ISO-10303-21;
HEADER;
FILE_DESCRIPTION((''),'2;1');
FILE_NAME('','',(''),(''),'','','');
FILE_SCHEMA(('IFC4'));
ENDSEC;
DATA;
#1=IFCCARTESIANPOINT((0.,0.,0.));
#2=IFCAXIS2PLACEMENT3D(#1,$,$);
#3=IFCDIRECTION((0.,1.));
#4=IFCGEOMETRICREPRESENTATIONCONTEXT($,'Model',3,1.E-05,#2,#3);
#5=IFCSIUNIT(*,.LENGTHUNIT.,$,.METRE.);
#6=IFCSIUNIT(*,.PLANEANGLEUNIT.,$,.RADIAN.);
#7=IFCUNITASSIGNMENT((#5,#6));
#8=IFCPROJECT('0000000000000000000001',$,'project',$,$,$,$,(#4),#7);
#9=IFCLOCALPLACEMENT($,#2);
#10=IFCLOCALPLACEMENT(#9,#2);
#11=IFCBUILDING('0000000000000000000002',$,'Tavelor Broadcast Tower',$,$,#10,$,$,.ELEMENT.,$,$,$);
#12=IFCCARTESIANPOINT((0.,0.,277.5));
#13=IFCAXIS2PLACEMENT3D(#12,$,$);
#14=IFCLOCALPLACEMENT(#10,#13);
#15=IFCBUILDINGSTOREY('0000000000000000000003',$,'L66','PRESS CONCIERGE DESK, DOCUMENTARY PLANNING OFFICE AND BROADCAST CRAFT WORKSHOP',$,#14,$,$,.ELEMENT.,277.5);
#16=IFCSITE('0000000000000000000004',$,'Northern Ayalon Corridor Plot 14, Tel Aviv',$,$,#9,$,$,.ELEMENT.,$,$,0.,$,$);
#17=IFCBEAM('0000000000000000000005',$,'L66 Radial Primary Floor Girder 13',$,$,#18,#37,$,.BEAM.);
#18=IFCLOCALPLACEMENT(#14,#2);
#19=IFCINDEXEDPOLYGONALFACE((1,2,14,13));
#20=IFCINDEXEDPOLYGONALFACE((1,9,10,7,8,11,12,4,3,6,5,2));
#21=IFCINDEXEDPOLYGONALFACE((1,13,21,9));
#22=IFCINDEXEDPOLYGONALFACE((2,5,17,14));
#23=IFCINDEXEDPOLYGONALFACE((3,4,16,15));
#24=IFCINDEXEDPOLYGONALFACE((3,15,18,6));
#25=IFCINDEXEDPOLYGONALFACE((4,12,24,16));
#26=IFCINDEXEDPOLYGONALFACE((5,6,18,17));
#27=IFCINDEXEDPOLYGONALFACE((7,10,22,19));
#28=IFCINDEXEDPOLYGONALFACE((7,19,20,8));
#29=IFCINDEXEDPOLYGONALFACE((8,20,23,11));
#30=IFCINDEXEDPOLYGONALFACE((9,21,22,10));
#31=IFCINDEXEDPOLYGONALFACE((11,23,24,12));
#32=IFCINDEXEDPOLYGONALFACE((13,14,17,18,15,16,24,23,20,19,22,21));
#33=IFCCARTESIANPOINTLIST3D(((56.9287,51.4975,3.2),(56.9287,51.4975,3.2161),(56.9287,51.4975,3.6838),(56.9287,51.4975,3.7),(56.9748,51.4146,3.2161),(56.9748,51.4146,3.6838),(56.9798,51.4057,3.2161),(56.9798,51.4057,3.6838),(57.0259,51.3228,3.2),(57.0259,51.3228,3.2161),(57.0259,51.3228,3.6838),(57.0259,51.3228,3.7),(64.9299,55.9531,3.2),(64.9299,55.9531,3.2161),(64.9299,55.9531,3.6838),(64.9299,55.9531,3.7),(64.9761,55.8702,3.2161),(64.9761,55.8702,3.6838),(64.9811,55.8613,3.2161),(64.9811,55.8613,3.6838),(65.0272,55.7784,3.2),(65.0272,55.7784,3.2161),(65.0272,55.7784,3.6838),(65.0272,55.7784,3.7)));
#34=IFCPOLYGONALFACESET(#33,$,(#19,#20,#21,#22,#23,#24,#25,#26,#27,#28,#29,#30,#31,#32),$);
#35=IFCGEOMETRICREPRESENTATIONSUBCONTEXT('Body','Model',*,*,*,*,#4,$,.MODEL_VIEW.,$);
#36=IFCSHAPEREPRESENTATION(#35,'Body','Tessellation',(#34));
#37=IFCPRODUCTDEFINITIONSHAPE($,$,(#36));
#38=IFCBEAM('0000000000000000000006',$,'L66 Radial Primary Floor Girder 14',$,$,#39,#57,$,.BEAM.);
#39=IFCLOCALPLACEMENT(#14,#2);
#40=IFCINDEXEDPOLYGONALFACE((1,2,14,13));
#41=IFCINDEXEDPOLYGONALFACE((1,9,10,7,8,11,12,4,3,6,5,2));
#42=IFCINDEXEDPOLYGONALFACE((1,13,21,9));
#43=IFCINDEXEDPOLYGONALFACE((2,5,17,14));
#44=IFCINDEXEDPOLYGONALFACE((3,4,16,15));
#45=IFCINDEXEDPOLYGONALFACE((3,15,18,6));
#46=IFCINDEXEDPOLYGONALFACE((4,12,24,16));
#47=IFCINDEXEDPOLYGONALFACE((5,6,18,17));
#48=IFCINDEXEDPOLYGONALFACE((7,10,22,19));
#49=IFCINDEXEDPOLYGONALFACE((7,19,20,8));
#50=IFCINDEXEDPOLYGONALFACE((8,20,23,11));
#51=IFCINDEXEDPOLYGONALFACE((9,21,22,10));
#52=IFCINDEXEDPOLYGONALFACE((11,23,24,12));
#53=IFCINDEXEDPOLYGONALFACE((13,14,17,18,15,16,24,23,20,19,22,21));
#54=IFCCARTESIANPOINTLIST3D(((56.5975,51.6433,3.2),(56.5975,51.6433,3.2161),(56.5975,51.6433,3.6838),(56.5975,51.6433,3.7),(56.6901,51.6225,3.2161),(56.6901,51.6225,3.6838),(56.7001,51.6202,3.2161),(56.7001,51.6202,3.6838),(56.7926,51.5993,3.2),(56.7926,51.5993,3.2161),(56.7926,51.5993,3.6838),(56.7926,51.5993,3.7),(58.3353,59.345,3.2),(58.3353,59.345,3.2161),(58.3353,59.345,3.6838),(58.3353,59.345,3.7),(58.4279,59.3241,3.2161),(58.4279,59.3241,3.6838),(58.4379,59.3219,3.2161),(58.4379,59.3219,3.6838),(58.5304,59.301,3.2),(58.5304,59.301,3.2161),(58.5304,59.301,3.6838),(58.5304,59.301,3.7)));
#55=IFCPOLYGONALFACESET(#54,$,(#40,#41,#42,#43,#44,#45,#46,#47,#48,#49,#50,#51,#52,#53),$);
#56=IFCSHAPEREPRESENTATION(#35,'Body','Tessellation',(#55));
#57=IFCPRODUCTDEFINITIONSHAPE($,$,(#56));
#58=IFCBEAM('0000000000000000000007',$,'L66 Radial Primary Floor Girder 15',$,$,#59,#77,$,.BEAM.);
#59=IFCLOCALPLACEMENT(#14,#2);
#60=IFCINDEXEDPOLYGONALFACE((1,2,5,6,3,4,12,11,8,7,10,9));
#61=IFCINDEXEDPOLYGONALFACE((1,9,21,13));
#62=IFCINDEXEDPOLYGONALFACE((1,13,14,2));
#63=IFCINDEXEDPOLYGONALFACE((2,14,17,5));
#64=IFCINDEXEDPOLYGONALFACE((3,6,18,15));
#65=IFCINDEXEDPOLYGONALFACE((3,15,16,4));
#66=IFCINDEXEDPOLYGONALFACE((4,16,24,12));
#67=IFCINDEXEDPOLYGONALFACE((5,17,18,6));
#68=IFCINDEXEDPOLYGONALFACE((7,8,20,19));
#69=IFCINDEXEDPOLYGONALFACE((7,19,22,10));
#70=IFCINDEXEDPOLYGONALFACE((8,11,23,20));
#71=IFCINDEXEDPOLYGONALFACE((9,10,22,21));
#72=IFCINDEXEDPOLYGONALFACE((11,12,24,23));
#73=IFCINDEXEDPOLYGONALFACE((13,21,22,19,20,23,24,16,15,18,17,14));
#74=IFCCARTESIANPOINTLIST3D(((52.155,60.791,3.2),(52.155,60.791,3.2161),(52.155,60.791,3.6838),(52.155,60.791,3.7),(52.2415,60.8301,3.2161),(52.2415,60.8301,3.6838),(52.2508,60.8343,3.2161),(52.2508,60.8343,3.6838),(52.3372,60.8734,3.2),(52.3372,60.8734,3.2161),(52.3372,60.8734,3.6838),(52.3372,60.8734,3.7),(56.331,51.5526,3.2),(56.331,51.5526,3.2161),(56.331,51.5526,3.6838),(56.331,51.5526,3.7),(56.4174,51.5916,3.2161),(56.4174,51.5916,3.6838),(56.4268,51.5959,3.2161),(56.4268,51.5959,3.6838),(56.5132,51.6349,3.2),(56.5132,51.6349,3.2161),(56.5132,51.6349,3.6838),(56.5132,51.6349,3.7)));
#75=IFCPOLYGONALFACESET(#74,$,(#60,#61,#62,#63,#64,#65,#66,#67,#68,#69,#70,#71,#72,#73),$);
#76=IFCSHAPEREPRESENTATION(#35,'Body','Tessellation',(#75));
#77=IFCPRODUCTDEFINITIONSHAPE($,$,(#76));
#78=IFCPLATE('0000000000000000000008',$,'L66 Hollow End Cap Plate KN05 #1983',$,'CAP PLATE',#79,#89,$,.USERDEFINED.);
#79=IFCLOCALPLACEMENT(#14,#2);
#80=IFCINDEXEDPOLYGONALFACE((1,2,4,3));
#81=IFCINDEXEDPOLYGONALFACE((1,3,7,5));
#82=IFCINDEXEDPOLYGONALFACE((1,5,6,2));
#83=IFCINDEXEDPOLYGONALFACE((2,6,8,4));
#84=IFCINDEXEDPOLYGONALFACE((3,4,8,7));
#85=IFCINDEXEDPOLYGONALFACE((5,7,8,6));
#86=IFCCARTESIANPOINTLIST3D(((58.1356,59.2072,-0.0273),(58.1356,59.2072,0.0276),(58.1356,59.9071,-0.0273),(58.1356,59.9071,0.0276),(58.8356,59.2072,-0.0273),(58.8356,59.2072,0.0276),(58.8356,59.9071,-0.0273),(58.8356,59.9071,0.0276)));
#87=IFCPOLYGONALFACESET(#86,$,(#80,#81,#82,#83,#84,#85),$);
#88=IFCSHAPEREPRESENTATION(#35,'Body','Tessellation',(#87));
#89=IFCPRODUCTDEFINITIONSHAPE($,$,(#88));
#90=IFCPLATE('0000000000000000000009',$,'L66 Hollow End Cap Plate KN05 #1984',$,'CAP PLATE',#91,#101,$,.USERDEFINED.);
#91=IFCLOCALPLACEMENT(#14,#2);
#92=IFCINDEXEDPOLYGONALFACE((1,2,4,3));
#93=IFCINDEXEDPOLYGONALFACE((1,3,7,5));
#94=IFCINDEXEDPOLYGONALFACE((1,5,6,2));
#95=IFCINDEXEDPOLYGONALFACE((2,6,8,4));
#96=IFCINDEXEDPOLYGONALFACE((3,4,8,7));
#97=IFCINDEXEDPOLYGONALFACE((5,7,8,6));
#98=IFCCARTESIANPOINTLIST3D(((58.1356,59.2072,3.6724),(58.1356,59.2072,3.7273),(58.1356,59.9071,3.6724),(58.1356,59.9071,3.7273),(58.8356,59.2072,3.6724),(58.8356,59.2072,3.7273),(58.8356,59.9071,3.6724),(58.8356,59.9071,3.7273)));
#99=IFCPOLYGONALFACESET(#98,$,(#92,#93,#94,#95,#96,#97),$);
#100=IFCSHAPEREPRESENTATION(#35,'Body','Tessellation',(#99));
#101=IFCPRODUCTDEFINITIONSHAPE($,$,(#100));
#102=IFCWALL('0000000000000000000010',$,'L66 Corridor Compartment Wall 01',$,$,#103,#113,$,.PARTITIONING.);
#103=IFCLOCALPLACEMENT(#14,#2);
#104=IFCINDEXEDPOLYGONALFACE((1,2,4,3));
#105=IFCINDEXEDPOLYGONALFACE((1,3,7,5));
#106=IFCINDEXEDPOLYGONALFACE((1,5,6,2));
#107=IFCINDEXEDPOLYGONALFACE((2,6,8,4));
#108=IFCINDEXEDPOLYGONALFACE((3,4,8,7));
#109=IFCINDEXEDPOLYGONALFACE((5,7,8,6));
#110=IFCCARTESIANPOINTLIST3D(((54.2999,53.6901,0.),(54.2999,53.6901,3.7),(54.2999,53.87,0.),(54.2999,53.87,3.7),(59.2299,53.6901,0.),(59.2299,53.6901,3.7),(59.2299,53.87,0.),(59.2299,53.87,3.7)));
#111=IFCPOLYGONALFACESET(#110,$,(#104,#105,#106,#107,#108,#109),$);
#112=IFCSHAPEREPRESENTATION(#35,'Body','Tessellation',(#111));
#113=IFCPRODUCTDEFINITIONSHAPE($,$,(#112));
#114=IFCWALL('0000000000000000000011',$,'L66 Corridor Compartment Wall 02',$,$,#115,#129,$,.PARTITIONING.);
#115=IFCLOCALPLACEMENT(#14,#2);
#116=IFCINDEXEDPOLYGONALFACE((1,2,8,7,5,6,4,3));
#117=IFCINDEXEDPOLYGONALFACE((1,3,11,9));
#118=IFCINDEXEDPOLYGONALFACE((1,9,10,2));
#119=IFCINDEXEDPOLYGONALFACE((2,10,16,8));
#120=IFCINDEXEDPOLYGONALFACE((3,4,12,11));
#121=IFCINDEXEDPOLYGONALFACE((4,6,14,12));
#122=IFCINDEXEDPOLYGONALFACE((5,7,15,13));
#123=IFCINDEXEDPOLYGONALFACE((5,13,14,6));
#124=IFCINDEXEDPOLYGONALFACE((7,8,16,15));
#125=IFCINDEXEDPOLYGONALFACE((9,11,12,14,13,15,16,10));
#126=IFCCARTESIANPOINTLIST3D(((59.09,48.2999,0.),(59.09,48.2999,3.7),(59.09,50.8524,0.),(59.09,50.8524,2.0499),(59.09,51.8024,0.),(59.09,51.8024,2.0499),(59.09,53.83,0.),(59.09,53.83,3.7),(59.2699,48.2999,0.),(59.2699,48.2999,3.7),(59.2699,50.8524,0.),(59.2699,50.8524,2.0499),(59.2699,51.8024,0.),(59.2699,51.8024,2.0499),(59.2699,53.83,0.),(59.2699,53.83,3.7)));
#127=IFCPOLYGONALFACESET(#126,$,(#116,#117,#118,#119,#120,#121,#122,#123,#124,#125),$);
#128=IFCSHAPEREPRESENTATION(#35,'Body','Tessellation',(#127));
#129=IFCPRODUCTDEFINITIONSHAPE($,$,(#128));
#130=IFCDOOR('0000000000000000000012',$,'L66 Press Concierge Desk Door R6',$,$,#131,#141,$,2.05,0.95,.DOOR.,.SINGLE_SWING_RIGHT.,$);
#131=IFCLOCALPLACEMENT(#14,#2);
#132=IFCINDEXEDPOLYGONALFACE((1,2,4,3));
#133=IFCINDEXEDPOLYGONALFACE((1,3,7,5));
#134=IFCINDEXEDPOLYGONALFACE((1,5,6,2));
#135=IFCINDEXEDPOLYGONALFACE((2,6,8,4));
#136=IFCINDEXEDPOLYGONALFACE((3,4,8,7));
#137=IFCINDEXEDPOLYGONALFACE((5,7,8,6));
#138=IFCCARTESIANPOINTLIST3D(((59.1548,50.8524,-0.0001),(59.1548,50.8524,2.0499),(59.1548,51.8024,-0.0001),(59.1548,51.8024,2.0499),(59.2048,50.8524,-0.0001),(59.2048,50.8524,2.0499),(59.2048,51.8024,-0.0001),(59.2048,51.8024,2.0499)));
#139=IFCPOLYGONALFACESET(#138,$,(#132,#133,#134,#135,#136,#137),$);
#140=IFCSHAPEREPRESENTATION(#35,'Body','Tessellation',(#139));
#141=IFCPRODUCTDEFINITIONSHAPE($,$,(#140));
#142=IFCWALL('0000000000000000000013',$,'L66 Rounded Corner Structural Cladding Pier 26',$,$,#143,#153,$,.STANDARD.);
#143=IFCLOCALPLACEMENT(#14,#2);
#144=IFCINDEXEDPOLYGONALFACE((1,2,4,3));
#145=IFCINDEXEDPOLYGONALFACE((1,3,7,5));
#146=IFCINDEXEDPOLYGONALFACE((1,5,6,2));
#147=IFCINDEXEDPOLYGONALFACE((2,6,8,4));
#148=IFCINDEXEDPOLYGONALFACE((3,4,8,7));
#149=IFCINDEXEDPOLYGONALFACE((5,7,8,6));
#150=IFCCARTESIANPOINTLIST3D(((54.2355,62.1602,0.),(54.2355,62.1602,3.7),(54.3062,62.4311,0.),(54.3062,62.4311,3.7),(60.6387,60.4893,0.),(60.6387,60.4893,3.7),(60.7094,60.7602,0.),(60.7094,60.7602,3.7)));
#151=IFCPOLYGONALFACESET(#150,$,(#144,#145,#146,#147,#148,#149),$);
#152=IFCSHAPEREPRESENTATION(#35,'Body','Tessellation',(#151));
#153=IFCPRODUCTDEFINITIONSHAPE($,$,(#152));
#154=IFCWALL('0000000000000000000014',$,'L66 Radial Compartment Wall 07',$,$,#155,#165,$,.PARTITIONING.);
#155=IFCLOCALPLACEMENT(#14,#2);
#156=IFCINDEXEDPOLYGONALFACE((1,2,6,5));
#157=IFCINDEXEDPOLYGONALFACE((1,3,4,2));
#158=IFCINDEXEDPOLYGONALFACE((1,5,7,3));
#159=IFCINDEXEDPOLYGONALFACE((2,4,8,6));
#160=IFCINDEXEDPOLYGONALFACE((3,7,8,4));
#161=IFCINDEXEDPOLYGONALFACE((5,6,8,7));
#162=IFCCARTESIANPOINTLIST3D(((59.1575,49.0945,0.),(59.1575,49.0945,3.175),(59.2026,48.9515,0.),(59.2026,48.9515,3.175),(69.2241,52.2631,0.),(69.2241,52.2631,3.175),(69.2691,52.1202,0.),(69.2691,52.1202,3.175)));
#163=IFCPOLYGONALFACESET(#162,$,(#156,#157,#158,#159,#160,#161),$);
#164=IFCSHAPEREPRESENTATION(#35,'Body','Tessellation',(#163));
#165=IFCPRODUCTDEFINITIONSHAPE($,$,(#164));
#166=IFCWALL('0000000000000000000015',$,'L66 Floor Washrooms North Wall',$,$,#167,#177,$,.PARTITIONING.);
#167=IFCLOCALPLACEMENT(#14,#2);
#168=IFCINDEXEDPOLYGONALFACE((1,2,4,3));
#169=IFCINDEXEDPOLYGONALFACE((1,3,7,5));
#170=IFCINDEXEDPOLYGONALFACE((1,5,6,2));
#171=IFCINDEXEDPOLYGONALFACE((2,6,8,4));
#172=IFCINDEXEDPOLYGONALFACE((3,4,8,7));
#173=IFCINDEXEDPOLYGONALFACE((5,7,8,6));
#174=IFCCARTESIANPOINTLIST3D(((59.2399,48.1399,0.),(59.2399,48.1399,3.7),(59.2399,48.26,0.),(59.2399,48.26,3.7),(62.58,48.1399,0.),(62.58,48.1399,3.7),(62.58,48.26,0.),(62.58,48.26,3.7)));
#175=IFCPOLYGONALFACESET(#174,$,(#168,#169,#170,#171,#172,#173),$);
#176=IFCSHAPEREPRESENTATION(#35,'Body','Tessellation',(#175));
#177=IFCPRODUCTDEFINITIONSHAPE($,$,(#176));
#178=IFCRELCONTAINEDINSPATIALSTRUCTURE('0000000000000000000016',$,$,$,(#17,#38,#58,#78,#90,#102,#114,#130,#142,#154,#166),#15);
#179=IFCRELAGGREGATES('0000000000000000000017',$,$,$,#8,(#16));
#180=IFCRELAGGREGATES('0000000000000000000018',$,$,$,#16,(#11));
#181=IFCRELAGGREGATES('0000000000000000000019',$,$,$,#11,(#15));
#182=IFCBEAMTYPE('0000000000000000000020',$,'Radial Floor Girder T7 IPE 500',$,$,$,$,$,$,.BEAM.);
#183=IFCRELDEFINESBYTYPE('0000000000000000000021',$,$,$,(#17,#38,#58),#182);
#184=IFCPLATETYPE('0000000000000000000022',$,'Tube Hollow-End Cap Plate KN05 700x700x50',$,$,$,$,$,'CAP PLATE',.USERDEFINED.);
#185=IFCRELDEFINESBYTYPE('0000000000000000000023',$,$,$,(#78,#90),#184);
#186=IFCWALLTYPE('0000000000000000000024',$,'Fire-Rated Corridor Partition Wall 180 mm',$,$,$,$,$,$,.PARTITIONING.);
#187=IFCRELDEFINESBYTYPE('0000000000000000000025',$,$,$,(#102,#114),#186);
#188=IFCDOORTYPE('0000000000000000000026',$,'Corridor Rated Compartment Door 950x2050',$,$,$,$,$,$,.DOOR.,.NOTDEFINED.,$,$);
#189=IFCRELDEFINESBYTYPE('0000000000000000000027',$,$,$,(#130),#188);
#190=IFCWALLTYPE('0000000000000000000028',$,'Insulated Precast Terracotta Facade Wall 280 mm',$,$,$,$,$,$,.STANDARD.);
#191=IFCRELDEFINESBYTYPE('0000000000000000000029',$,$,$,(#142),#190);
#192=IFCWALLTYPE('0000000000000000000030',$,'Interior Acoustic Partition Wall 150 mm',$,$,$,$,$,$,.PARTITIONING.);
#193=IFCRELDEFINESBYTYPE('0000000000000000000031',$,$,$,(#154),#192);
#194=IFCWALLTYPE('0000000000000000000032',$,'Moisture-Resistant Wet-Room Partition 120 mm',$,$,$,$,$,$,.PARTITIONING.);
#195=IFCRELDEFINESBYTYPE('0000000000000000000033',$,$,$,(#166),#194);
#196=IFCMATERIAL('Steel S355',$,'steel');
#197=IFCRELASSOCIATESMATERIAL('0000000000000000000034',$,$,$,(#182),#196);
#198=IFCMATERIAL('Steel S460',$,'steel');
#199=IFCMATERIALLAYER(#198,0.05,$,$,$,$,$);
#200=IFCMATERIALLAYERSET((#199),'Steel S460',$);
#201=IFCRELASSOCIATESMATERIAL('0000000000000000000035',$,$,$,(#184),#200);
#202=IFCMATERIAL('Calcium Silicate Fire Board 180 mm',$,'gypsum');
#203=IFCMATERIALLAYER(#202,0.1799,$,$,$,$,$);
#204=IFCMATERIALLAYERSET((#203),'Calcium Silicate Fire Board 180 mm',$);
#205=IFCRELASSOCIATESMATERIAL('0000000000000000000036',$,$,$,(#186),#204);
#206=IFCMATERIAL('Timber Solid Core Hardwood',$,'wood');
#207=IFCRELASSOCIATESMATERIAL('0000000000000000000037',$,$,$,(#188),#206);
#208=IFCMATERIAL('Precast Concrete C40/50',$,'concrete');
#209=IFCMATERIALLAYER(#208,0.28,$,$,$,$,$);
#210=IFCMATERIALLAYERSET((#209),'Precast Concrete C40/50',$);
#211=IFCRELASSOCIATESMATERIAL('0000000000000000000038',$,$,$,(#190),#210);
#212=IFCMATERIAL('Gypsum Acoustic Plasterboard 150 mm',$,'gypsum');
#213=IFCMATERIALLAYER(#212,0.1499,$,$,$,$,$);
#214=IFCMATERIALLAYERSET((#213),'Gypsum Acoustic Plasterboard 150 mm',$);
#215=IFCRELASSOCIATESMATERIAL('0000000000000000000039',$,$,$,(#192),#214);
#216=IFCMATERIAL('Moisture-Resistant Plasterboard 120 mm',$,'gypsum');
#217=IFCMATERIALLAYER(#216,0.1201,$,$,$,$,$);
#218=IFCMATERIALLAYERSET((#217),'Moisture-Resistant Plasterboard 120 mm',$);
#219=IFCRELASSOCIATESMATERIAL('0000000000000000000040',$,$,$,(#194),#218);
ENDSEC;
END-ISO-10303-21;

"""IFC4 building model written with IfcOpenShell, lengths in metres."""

from ifc_helpers import new_model, si_unit, direction, frame, frame_2d, origin, origin_2d, place, context, subcontext, project, spatial, rectangle, i_section, extrude, source, transform, mapped, material, layer, layer_set, material_profile, profile_set, type_object, type_shapes, element, fill, save


model = new_model("IFC4")

# Units and contexts
model_context = context("Model", 3, precision=1e-05, world=origin(), true_north=direction((0.0, 1.0)))
body_context = subcontext(model_context, "Body", "Model", "MODEL_VIEW")
ifc_project = project(units=[si_unit("LENGTHUNIT", "METRE"), si_unit("PLANEANGLEUNIT", "RADIAN")], contexts=[model_context])

# Site, building, storey
site_placement = place(None, origin())
site = spatial("IfcSite", under=ifc_project, at=site_placement, Name="Northern Ayalon Corridor Plot 14, Tel Aviv", CompositionType="ELEMENT", RefElevation=0.0)
building_placement = place(site_placement, origin())
building = spatial("IfcBuilding", under=site, at=building_placement, Name="Tavelor Broadcast Tower", CompositionType="ELEMENT")
storey_placement = place(building_placement, frame((0.0, 0.0, 277.5)))
storey = spatial("IfcBuildingStorey", under=building, at=storey_placement, Name="L66", Description="PRESS CONCIERGE DESK, DOCUMENTARY PLANNING OFFICE AND BROADCAST CRAFT WORKSHOP", CompositionType="ELEMENT", Elevation=277.5)

# Shared definitions
ifc_material_1 = material(Name="Steel S460", Category="steel")

# Beams
ifc_material_2 = material(Name="Steel S355", Category="steel")
ifc_material_profile_1 = material_profile(ifc_material_2, i_section(OverallWidth=0.2, OverallDepth=0.5, WebThickness=0.0103, FlangeThickness=0.0161, at=origin_2d()), Name="IPE 500")
ifc_profile_set_1 = profile_set([ifc_material_profile_1], Name="Steel S355")
beam_type_1 = type_object("IfcBeamType", Name="Radial Floor Girder T7 IPE 500", PredefinedType="BEAM", material=ifc_profile_set_1)
beam_1_placement = place(storey_placement, frame((56.9773, 51.4102, 3.45), z_axis=(0.873673, 0.486514, 0.0), x_axis=(-0.486514, 0.873673, 0.0)))
element("IfcBeam", 1, at=beam_1_placement, inside=storey, type_object=beam_type_1, Name="L66 Radial Primary Floor Girder 13", PredefinedType="BEAM", context=body_context, shape_type="SweptSolid", body=[
    extrude(i_section(OverallWidth=0.2, OverallDepth=0.5, WebThickness=0.0103, FlangeThickness=0.0161, at=origin_2d()), origin(), (0.0, 0.0, 1.0), 9.1582),
])
beam_2_placement = place(storey_placement, frame((56.6951, 51.6213, 3.45), z_axis=(0.220105, 0.975476, 0.0), x_axis=(-0.975476, 0.220105, 0.0)))
element("IfcBeam", 2, at=beam_2_placement, inside=storey, type_object=beam_type_1, Name="L66 Radial Primary Floor Girder 14", PredefinedType="BEAM", context=body_context, shape_type="SweptSolid", body=[
    extrude(i_section(OverallWidth=0.2, OverallDepth=0.5, WebThickness=0.0103, FlangeThickness=0.0161, at=origin_2d()), origin(), (0.0, 0.0, 1.0), 7.8953),
])
beam_3_placement = place(storey_placement, frame((56.4221, 51.5938, 3.45), z_axis=(-0.411897, 0.91123, 0.0), x_axis=(-0.91123, -0.411897, 0.0)))
element("IfcBeam", 3, at=beam_3_placement, inside=storey, type_object=beam_type_1, Name="L66 Radial Primary Floor Girder 15", PredefinedType="BEAM", context=body_context, shape_type="SweptSolid", body=[
    extrude(i_section(OverallWidth=0.2, OverallDepth=0.5, WebThickness=0.0103, FlangeThickness=0.0161, at=origin_2d()), origin(), (0.0, 0.0, 1.0), 10.1384),
])

# Plates
ifc_layer_1 = layer(ifc_material_1, 0.05)
ifc_layer_set_1 = layer_set([ifc_layer_1], Name="Steel S460")
plate_type = type_object("IfcPlateType", Name="Tube Hollow-End Cap Plate KN05 700x700x50", ElementType="CAP PLATE", PredefinedType="USERDEFINED", material=ifc_layer_set_1)
shared_shape = source(origin(), body_context, "Body", "SweptSolid", [
    extrude(rectangle(XDim=0.7, YDim=0.7, at=origin_2d()), origin(), (0.0, 0.0, 1.0), 0.0549),
])
type_shapes(plate_type, [shared_shape])
for number, where, z_axis, x_axis, name in (
    (4, (58.4856, 59.5571, -0.0273), (0.0, 0.0, 1.0), (1.0, 0.0, 0.0), "L66 Hollow End Cap Plate KN05 #1983"),
    (5, (58.4856, 59.5571, 3.6724), (0.0, 0.0, 1.0), (1.0, 0.0, 0.0), "L66 Hollow End Cap Plate KN05 #1984"),
):
    element("IfcPlate", number, at=place(storey_placement, frame(where, z_axis=z_axis, x_axis=x_axis)), inside=storey, type_object=plate_type, Name=name, ObjectType="CAP PLATE", PredefinedType="USERDEFINED", context=body_context, shape_type="MappedRepresentation", body=[
        mapped(shared_shape, transform((0.0, 0.0, 0.0), scale=1.0)),
    ])

# Wall
ifc_material_3 = material(Name="Calcium Silicate Fire Board 180 mm", Category="gypsum")
ifc_layer_2 = layer(ifc_material_3, 0.1799)
ifc_layer_set_2 = layer_set([ifc_layer_2], Name="Calcium Silicate Fire Board 180 mm")
wall_type_1 = type_object("IfcWallType", Name="Fire-Rated Corridor Partition Wall 180 mm", PredefinedType="PARTITIONING", material=ifc_layer_set_2)
wall_1_placement = place(storey_placement, frame((54.3, 53.78, 0.0), z_axis=(0.0, 0.0, 1.0), x_axis=(1.0, 0.0, 0.0)))
element("IfcWall", 6, at=wall_1_placement, inside=storey, type_object=wall_type_1, Name="L66 Corridor Compartment Wall 01", PredefinedType="PARTITIONING", context=body_context, shape_type="SweptSolid", body=[
    extrude(rectangle(XDim=4.9299, YDim=0.1799, at=frame_2d((2.4648, 0.0))), origin(), (0.0, 0.0, 1.0), 3.7),
])

# Wall, opening, door
wall_2_placement = place(storey_placement, frame((59.1799, 53.8301, 0.0), z_axis=(0.0, 0.0, 1.0), x_axis=(0.0, -1.0, 0.0)))
wall_2 = element("IfcWall", 7, at=wall_2_placement, inside=storey, type_object=wall_type_1, Name="L66 Corridor Compartment Wall 02", PredefinedType="PARTITIONING", context=body_context, shape_type="SweptSolid", body=[
    extrude(rectangle(XDim=5.53, YDim=0.1799, at=frame_2d((2.7651, 0.0))), origin(), (0.0, 0.0, 1.0), 3.7),
])
opening_placement = place(wall_2_placement, frame((2.0276, 0.0, 0.0)))
opening = element("IfcOpeningElement", 8, at=opening_placement, cuts=wall_2, PredefinedType="OPENING", context=body_context, shape_type="SweptSolid", body=[
    extrude(rectangle(XDim=0.95, YDim=2.05, at=frame_2d((0.4751, 1.0249))), frame((0.0, 0.1001, 0.0), z_axis=(0.0, -1.0, 0.0), x_axis=(1.0, 0.0, 0.0)), (0.0, 0.0, 1.0), 0.2),
])
ifc_material_4 = material(Name="Timber Solid Core Hardwood", Category="wood")
door_type = type_object("IfcDoorType", Name="Corridor Rated Compartment Door 950x2050", OperationType="NOTDEFINED", PredefinedType="DOOR", material=ifc_material_4)
door_placement = place(opening_placement, origin())
door = element("IfcDoor", 9, at=door_placement, inside=storey, type_object=door_type, Name="L66 Press Concierge Desk Door R6", OperationType="SINGLE_SWING_RIGHT", OverallHeight=2.05, OverallWidth=0.95, PredefinedType="DOOR", context=body_context, shape_type="SweptSolid", body=[
    extrude(rectangle(XDim=0.95, YDim=2.05, at=frame_2d((0.4751, 1.0249))), frame((0.0, 0.0249, 0.0), z_axis=(0.0, -1.0, 0.0), x_axis=(1.0, 0.0, 0.0)), (0.0, 0.0, 1.0), 0.05),
])
fill(opening, door)

# Walls
ifc_material_5 = material(Name="Precast Concrete C40/50", Category="concrete")
ifc_layer_3 = layer(ifc_material_5, 0.28)
ifc_layer_set_3 = layer_set([ifc_layer_3], Name="Precast Concrete C40/50")
wall_type_2 = type_object("IfcWallType", Name="Insulated Precast Terracotta Facade Wall 280 mm", PredefinedType="STANDARD", material=ifc_layer_set_3)
wall_3_placement = place(storey_placement, frame((60.6741, 60.6248, 0.0), z_axis=(0.0, 0.0, 1.0), x_axis=(-0.9676, 0.252488, 0.0)))
element("IfcWall", 10, at=wall_3_placement, inside=storey, type_object=wall_type_2, Name="L66 Rounded Corner Structural Cladding Pier 26", PredefinedType="STANDARD", context=body_context, shape_type="SweptSolid", body=[
    extrude(rectangle(XDim=6.6177, YDim=0.28, at=frame_2d((3.3088, 0.0))), origin(), (0.0, 0.0, 1.0), 3.7),
])
ifc_material_6 = material(Name="Gypsum Acoustic Plasterboard 150 mm", Category="gypsum")
ifc_layer_4 = layer(ifc_material_6, 0.1499)
ifc_layer_set_4 = layer_set([ifc_layer_4], Name="Gypsum Acoustic Plasterboard 150 mm")
wall_type_3 = type_object("IfcWallType", Name="Interior Acoustic Partition Wall 150 mm", PredefinedType="PARTITIONING", material=ifc_layer_set_4)
wall_4_placement = place(storey_placement, frame((59.1799, 49.0229, 0.0), z_axis=(0.0, 0.0, 1.0), x_axis=(0.953861, 0.300249, 0.0)))
element("IfcWall", 11, at=wall_4_placement, inside=storey, type_object=wall_type_3, Name="L66 Radial Compartment Wall 07", PredefinedType="PARTITIONING", context=body_context, shape_type="SweptSolid", body=[
    extrude(rectangle(XDim=10.5535, YDim=0.1499, at=frame_2d((5.2769, 0.0))), origin(), (0.0, 0.0, 1.0), 3.175),
])
ifc_material_7 = material(Name="Moisture-Resistant Plasterboard 120 mm", Category="gypsum")
ifc_layer_5 = layer(ifc_material_7, 0.1201)
ifc_layer_set_5 = layer_set([ifc_layer_5], Name="Moisture-Resistant Plasterboard 120 mm")
wall_type_4 = type_object("IfcWallType", Name="Moisture-Resistant Wet-Room Partition 120 mm", PredefinedType="PARTITIONING", material=ifc_layer_set_5)
wall_5_placement = place(storey_placement, frame((59.24, 48.2, 0.0), z_axis=(0.0, 0.0, 1.0), x_axis=(1.0, 0.0, 0.0)))
element("IfcWall", 12, at=wall_5_placement, inside=storey, type_object=wall_type_4, Name="L66 Floor Washrooms North Wall", PredefinedType="PARTITIONING", context=body_context, shape_type="SweptSolid", body=[
    extrude(rectangle(XDim=3.3401, YDim=0.1201, at=frame_2d((1.6699, 0.0))), origin(), (0.0, 0.0, 1.0), 3.7),
])

save(model, "model.ifc")
